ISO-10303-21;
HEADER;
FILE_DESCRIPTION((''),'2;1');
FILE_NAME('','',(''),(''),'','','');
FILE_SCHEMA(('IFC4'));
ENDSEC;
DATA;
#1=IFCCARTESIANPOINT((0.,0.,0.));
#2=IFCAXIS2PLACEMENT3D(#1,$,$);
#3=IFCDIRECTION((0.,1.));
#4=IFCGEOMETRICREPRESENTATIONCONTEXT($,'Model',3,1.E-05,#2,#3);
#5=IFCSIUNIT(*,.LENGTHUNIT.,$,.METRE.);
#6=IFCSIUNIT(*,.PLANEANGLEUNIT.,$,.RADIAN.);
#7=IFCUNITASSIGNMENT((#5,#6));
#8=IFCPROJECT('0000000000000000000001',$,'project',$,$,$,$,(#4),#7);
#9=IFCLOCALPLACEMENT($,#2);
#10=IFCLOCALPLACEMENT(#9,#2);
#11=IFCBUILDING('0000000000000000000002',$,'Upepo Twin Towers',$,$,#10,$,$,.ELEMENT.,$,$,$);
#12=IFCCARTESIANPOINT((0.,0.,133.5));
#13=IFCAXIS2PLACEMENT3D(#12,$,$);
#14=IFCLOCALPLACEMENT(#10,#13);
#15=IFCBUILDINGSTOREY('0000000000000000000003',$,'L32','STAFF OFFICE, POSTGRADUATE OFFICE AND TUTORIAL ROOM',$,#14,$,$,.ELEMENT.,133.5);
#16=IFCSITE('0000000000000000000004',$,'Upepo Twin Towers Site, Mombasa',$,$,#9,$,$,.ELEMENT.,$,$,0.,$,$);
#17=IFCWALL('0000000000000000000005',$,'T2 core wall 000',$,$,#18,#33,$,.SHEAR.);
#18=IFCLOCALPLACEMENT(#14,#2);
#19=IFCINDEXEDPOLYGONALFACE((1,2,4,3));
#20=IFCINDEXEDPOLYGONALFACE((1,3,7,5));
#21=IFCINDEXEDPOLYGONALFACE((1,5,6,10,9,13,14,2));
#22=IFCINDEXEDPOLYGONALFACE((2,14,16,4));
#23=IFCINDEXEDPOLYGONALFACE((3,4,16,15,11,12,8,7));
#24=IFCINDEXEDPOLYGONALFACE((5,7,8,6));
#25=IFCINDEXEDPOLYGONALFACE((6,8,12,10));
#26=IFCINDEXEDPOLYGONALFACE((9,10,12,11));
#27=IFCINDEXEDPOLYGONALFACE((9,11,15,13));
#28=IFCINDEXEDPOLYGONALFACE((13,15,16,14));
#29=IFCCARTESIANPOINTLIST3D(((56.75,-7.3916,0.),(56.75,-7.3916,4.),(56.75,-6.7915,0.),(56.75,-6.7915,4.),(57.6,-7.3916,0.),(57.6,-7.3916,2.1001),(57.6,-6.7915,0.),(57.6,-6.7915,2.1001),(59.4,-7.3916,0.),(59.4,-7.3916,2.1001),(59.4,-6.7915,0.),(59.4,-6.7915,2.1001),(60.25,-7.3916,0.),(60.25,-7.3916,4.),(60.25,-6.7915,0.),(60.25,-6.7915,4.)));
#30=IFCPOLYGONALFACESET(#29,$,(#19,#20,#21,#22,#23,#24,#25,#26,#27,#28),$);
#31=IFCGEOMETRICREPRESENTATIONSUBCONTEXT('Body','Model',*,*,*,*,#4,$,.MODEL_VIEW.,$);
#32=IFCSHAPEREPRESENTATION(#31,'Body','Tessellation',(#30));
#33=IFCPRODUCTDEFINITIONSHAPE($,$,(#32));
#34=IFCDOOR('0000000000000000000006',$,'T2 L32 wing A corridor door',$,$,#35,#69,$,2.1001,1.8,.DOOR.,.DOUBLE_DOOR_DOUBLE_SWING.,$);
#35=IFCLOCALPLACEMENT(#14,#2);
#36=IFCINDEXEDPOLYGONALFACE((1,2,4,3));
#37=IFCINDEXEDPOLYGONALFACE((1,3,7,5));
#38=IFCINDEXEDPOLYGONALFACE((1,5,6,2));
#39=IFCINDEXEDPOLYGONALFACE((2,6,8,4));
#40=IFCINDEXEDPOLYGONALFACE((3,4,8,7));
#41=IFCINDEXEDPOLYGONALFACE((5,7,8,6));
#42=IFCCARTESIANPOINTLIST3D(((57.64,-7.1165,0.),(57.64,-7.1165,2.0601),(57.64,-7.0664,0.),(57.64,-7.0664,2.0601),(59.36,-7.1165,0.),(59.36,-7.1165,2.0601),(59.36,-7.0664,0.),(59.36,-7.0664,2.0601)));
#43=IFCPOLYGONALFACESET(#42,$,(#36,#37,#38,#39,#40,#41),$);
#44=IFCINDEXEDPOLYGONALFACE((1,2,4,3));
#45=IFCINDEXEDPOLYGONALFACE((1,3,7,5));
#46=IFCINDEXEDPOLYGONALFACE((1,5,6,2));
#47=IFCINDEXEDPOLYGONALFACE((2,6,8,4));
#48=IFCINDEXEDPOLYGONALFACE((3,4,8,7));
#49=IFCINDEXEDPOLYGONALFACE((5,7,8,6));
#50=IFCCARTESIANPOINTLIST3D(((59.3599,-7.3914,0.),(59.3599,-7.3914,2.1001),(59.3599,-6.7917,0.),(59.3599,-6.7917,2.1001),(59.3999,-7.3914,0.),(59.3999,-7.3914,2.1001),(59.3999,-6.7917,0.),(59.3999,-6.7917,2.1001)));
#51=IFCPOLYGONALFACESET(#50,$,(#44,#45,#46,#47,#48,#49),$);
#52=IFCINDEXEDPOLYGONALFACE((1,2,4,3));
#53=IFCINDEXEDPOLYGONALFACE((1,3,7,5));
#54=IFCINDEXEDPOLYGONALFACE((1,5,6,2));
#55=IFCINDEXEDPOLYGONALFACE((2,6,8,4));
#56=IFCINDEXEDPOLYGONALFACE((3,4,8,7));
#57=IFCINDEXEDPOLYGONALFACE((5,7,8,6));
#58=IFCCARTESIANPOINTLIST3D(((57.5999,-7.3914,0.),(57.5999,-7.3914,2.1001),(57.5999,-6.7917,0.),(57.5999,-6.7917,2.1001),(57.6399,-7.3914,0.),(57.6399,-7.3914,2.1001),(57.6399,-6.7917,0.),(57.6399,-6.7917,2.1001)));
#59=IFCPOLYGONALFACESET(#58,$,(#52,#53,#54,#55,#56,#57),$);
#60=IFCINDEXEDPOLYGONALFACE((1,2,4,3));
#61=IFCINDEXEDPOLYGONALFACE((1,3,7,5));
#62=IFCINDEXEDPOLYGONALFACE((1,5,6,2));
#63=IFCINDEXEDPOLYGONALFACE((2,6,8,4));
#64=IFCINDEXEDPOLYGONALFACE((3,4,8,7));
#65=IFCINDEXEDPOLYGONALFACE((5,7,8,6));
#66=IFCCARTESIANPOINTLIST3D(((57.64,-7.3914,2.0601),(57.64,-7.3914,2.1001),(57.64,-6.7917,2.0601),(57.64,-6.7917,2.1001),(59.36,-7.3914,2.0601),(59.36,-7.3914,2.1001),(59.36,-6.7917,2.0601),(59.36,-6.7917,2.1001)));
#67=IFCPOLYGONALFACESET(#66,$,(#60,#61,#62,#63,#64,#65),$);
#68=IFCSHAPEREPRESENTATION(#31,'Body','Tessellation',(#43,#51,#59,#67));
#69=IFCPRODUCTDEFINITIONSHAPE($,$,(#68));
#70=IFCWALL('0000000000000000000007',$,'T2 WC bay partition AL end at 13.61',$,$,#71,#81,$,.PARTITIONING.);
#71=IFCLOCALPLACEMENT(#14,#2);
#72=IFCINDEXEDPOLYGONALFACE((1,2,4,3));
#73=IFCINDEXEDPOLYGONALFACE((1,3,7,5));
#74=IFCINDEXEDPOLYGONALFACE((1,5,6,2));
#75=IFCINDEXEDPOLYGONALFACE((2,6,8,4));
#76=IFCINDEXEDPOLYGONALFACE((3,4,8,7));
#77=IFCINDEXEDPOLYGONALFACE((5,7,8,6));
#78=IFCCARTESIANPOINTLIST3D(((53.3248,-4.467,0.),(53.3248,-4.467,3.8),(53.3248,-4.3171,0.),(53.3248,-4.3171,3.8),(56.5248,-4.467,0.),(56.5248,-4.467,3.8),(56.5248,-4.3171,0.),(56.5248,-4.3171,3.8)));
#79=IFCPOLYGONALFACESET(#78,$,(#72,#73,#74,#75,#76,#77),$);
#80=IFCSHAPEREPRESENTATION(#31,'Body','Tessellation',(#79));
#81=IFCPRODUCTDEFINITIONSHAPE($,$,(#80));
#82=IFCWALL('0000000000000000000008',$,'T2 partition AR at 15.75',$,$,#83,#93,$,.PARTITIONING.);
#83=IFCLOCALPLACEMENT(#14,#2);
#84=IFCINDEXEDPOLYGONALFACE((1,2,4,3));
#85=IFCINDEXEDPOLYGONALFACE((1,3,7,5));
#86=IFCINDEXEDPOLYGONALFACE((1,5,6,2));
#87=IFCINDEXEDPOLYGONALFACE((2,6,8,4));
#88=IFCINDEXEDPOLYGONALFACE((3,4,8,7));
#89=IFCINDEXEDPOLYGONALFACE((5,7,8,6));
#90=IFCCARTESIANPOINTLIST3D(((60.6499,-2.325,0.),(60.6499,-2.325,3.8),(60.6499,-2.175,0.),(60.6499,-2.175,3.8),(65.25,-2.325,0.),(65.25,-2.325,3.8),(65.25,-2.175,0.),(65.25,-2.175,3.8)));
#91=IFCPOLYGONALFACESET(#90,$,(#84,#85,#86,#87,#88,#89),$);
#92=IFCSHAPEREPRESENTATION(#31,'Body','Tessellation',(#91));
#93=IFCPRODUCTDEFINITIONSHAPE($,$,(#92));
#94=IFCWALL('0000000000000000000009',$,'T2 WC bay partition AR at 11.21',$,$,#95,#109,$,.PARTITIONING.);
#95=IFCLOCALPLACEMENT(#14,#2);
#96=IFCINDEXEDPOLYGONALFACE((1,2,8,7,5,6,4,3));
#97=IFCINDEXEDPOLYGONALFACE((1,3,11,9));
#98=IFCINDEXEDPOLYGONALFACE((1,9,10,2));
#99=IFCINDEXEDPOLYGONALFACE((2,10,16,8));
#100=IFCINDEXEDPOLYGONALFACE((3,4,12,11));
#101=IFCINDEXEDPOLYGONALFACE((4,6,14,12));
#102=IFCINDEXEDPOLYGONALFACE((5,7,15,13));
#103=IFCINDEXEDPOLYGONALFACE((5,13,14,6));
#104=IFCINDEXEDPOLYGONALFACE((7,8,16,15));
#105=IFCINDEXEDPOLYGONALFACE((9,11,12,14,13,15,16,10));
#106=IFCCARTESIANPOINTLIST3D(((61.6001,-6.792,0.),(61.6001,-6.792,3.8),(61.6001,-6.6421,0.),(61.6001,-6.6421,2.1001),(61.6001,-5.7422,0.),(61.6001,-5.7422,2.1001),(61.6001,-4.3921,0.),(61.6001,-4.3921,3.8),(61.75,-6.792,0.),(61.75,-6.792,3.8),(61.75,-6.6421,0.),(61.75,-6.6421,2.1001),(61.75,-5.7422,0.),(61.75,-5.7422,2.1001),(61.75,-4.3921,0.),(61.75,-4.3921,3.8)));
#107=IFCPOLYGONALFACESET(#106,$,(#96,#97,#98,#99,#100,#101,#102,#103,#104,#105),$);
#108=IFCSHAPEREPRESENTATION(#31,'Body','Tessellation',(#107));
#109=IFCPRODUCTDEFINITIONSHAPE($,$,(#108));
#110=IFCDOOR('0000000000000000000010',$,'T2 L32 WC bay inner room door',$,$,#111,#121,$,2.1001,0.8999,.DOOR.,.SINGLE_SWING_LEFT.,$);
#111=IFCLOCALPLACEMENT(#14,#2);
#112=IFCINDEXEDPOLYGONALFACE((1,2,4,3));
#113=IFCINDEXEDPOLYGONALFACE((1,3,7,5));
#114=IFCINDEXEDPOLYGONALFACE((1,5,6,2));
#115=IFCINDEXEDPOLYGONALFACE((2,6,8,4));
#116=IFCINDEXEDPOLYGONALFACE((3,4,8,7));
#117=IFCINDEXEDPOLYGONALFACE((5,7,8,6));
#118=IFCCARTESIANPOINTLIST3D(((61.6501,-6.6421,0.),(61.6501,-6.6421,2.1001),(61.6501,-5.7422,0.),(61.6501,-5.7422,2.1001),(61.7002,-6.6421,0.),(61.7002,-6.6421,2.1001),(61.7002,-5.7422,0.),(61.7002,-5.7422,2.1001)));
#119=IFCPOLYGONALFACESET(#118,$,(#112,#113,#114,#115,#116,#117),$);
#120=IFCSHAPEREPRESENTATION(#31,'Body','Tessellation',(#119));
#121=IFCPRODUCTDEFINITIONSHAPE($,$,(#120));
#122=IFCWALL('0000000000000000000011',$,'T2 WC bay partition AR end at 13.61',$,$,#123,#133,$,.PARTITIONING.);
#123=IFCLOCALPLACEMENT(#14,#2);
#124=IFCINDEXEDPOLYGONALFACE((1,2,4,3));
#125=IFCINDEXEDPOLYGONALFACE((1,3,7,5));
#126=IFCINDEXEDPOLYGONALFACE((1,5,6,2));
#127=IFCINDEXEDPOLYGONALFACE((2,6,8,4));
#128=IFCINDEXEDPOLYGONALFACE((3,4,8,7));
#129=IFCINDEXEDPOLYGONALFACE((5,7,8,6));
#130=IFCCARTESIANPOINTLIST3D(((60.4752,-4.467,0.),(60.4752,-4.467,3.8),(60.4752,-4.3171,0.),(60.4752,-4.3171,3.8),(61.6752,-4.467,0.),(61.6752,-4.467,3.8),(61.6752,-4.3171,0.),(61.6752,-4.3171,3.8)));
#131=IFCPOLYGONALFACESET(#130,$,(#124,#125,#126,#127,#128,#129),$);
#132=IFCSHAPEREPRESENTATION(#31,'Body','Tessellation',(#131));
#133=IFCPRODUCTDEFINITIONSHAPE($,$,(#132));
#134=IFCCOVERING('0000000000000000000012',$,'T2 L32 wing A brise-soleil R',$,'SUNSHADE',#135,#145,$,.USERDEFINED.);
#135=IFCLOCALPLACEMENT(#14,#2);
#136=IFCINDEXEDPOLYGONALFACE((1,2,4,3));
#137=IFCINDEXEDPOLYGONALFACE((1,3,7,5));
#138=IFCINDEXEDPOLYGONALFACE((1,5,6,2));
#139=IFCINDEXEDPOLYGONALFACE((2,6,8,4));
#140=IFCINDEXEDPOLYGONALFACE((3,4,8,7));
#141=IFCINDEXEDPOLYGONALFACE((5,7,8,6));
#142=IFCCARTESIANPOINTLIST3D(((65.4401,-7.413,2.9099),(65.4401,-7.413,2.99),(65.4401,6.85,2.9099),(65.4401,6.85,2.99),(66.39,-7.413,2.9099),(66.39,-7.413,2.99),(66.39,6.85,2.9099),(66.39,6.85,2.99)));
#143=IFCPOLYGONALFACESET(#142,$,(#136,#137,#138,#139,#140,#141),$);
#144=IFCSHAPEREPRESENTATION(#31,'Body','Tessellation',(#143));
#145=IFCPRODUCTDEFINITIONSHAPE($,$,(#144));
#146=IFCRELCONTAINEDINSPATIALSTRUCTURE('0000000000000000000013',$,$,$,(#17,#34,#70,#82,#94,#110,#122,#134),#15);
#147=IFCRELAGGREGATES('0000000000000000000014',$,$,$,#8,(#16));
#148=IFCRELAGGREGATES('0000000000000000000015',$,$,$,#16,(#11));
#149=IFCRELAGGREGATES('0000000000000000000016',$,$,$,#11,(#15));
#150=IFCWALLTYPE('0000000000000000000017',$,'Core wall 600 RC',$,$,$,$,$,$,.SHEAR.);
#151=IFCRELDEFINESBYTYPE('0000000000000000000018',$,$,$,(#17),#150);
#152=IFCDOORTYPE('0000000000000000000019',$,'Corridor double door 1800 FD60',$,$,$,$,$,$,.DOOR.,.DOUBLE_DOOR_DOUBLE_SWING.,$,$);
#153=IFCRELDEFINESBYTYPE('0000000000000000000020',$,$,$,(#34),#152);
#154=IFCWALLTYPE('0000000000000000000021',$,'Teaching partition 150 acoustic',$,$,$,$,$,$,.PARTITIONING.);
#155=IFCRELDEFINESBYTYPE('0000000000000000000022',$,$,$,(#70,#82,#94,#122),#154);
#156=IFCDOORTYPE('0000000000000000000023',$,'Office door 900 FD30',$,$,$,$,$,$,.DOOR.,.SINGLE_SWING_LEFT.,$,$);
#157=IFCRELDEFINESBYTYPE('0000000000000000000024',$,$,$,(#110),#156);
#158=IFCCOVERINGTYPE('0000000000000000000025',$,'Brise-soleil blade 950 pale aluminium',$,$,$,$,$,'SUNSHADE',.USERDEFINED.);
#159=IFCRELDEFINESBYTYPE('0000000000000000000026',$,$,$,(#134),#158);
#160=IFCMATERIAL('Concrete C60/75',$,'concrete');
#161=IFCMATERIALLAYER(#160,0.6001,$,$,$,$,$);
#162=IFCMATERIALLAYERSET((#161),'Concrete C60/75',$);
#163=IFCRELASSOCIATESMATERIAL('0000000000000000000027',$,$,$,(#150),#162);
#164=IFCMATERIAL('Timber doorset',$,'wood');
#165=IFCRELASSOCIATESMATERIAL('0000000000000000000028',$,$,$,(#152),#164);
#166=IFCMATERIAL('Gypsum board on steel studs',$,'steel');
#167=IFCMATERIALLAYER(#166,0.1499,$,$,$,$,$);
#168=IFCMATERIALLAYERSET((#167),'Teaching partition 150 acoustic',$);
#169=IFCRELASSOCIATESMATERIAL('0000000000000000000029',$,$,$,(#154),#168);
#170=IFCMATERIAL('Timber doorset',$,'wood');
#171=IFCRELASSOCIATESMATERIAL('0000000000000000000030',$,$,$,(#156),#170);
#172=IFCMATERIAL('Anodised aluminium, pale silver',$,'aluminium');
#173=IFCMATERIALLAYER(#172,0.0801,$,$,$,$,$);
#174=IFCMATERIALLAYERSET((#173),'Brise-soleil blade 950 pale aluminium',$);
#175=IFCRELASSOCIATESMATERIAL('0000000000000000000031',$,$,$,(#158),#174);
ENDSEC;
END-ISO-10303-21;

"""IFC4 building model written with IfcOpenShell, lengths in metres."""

from ifc_helpers import new_model, si_unit, direction, frame, frame_2d, origin, origin_2d, place, context, subcontext, project, spatial, rectangle, extrude, material, layer, layer_set, type_object, element, fill, save


model = new_model("IFC4")

# Units and contexts
model_context = context("Model", 3, precision=1e-05, world=origin(), true_north=direction((0.0, 1.0)))
body_context = subcontext(model_context, "Body", "Model", "MODEL_VIEW")
ifc_project = project(units=[si_unit("LENGTHUNIT", "METRE"), si_unit("PLANEANGLEUNIT", "RADIAN")], contexts=[model_context])

# Site, building, storey
site_placement = place(None, origin())
site = spatial("IfcSite", under=ifc_project, at=site_placement, Name="Upepo Twin Towers Site, Mombasa", CompositionType="ELEMENT", RefElevation=0.0)
building_placement = place(site_placement, origin())
building = spatial("IfcBuilding", under=site, at=building_placement, Name="Upepo Twin Towers", CompositionType="ELEMENT")
storey_placement = place(building_placement, frame((0.0, 0.0, 133.5)))
storey = spatial("IfcBuildingStorey", under=building, at=storey_placement, Name="L32", Description="STAFF OFFICE, POSTGRADUATE OFFICE AND TUTORIAL ROOM", CompositionType="ELEMENT", Elevation=133.5)

# Shared definitions
ifc_material_1 = material(Name="Concrete C60/75", Category="concrete")
ifc_layer_1 = layer(ifc_material_1, 0.6001)
ifc_layer_set_1 = layer_set([ifc_layer_1], Name="Concrete C60/75")
wall_type_1 = type_object("IfcWallType", Name="Core wall 600 RC", PredefinedType="SHEAR", material=ifc_layer_set_1)

# Wall, opening, door
wall_1_placement = place(storey_placement, frame((60.25, -7.0916, 0.0), z_axis=(0.0, 0.0, 1.0), x_axis=(-1.0, 0.0, 0.0)))
wall_1 = element("IfcWall", 1, at=wall_1_placement, inside=storey, type_object=wall_type_1, Name="T2 core wall 000", PredefinedType="SHEAR", context=body_context, shape_type="SweptSolid", body=[
    extrude(rectangle(XDim=3.5, YDim=0.6001, at=frame_2d((1.75, 0.0))), origin(), (0.0, 0.0, 1.0), 4.0),
])
opening_1_placement = place(wall_1_placement, frame((0.8501, 0.0, 0.0)))
opening_1 = element("IfcOpeningElement", 2, at=opening_1_placement, cuts=wall_1, PredefinedType="OPENING", context=body_context, shape_type="SweptSolid", body=[
    extrude(rectangle(XDim=1.8, YDim=2.1001, at=frame_2d((0.8999, 1.05))), frame((0.0, 0.3101, 0.0), z_axis=(0.0, -1.0, 0.0), x_axis=(1.0, 0.0, 0.0)), (0.0, 0.0, 1.0), 0.6201),
])
ifc_material_2 = material(Name="Timber doorset", Category="wood")
door_type_1 = type_object("IfcDoorType", Name="Corridor double door 1800 FD60", OperationType="DOUBLE_DOOR_DOUBLE_SWING", PredefinedType="DOOR", material=ifc_material_2)
door_1_placement = place(opening_1_placement, origin())
door_1 = element("IfcDoor", 3, at=door_1_placement, inside=storey, type_object=door_type_1, Name="T2 L32 wing A corridor door", OperationType="DOUBLE_DOOR_DOUBLE_SWING", OverallHeight=2.1001, OverallWidth=1.8, PredefinedType="DOOR", context=body_context, shape_type="SweptSolid", body=[
    extrude(rectangle(XDim=1.72, YDim=2.0601, at=frame_2d((0.8999, 1.03))), frame((0.0, 0.0249, 0.0), z_axis=(0.0, -1.0, 0.0), x_axis=(1.0, 0.0, 0.0)), (0.0, 0.0, 1.0), 0.05),
    extrude(rectangle(XDim=0.04, YDim=2.1001, at=frame_2d((0.02, 1.05))), frame((0.0, 0.2998, 0.0), z_axis=(0.0, -1.0, 0.0), x_axis=(1.0, 0.0, 0.0)), (0.0, 0.0, 1.0), 0.5996),
    extrude(rectangle(XDim=0.04, YDim=2.1001, at=frame_2d((1.78, 1.05))), frame((0.0, 0.2998, 0.0), z_axis=(0.0, -1.0, 0.0), x_axis=(1.0, 0.0, 0.0)), (0.0, 0.0, 1.0), 0.5996),
    extrude(rectangle(XDim=1.72, YDim=0.04, at=frame_2d((0.8999, 2.0801))), frame((0.0, 0.2998, 0.0), z_axis=(0.0, -1.0, 0.0), x_axis=(1.0, 0.0, 0.0)), (0.0, 0.0, 1.0), 0.5996),
])
fill(opening_1, door_1)

# Walls
ifc_material_3 = material(Name="Gypsum board on steel studs", Category="steel")
ifc_layer_2 = layer(ifc_material_3, 0.1499)
ifc_layer_set_2 = layer_set([ifc_layer_2], Name="Teaching partition 150 acoustic")
wall_type_2 = type_object("IfcWallType", Name="Teaching partition 150 acoustic", PredefinedType="PARTITIONING", material=ifc_layer_set_2)
wall_2_placement = place(storey_placement, frame((56.5249, -4.3921, 0.0), z_axis=(0.0, 0.0, 1.0), x_axis=(-1.0, 0.0, 0.0)))
element("IfcWall", 4, at=wall_2_placement, inside=storey, type_object=wall_type_2, Name="T2 WC bay partition AL end at 13.61", PredefinedType="PARTITIONING", context=body_context, shape_type="SweptSolid", body=[
    extrude(rectangle(XDim=3.2, YDim=0.1499, at=frame_2d((1.6001, 0.0))), origin(), (0.0, 0.0, 1.0), 3.8),
])
wall_3_placement = place(storey_placement, frame((60.6499, -2.25, 0.0), z_axis=(0.0, 0.0, 1.0), x_axis=(1.0, 0.0, 0.0)))
element("IfcWall", 5, at=wall_3_placement, inside=storey, type_object=wall_type_2, Name="T2 partition AR at 15.75", PredefinedType="PARTITIONING", context=body_context, shape_type="SweptSolid", body=[
    extrude(rectangle(XDim=4.6001, YDim=0.1499, at=frame_2d((2.3, 0.0))), origin(), (0.0, 0.0, 1.0), 3.8),
])

# Wall, opening, door
wall_4_placement = place(storey_placement, frame((61.675, -6.792, 0.0), z_axis=(0.0, 0.0, 1.0), x_axis=(0.0, 1.0, 0.0)))
wall_4 = element("IfcWall", 6, at=wall_4_placement, inside=storey, type_object=wall_type_2, Name="T2 WC bay partition AR at 11.21", PredefinedType="PARTITIONING", context=body_context, shape_type="SweptSolid", body=[
    extrude(rectangle(XDim=2.3999, YDim=0.1499, at=frame_2d((1.2, 0.0))), origin(), (0.0, 0.0, 1.0), 3.8),
])
opening_2_placement = place(wall_4_placement, frame((0.1499, 0.0, 0.0)))
opening_2 = element("IfcOpeningElement", 7, at=opening_2_placement, cuts=wall_4, PredefinedType="OPENING", context=body_context, shape_type="SweptSolid", body=[
    extrude(rectangle(XDim=0.8999, YDim=2.1001, at=frame_2d((0.45, 1.05))), frame((0.0, 0.085, 0.0), z_axis=(0.0, -1.0, 0.0), x_axis=(1.0, 0.0, 0.0)), (0.0, 0.0, 1.0), 0.1699),
])
ifc_material_4 = material(Name="Timber doorset", Category="wood")
door_type_2 = type_object("IfcDoorType", Name="Office door 900 FD30", OperationType="SINGLE_SWING_LEFT", PredefinedType="DOOR", material=ifc_material_4)
door_2_placement = place(opening_2_placement, origin())
door_2 = element("IfcDoor", 8, at=door_2_placement, inside=storey, type_object=door_type_2, Name="T2 L32 WC bay inner room door", OperationType="SINGLE_SWING_LEFT", OverallHeight=2.1001, OverallWidth=0.8999, PredefinedType="DOOR", context=body_context, shape_type="SweptSolid", body=[
    extrude(rectangle(XDim=0.8999, YDim=2.1001, at=frame_2d((0.45, 1.05))), frame((0.0, 0.0249, 0.0), z_axis=(0.0, -1.0, 0.0), x_axis=(1.0, 0.0, 0.0)), (0.0, 0.0, 1.0), 0.05),
])
fill(opening_2, door_2)

# Wall
wall_5_placement = place(storey_placement, frame((60.4751, -4.3921, 0.0), z_axis=(0.0, 0.0, 1.0), x_axis=(1.0, 0.0, 0.0)))
element("IfcWall", 9, at=wall_5_placement, inside=storey, type_object=wall_type_2, Name="T2 WC bay partition AR end at 13.61", PredefinedType="PARTITIONING", context=body_context, shape_type="SweptSolid", body=[
    extrude(rectangle(XDim=1.2, YDim=0.1499, at=frame_2d((0.6001, 0.0))), origin(), (0.0, 0.0, 1.0), 3.8),
])

# Covering
ifc_material_5 = material(Name="Anodised aluminium, pale silver", Category="aluminium")
ifc_layer_3 = layer(ifc_material_5, 0.0801)
ifc_layer_set_3 = layer_set([ifc_layer_3], Name="Brise-soleil blade 950 pale aluminium")
covering_type = type_object("IfcCoveringType", Name="Brise-soleil blade 950 pale aluminium", ElementType="SUNSHADE", PredefinedType="USERDEFINED", material=ifc_layer_set_3)
covering_placement = place(storey_placement, frame((65.915, -0.2815, 2.9099), z_axis=(0.0, 0.0, 1.0), x_axis=(0.0, 1.0, 0.0)))
element("IfcCovering", 10, at=covering_placement, inside=storey, type_object=covering_type, Name="T2 L32 wing A brise-soleil R", ObjectType="SUNSHADE", PredefinedType="USERDEFINED", context=body_context, shape_type="SweptSolid", body=[
    extrude(rectangle(XDim=14.2629, YDim=0.95, at=origin_2d()), origin(), (0.0, 0.0, 1.0), 0.0801),
])

save(model, "model.ifc")
